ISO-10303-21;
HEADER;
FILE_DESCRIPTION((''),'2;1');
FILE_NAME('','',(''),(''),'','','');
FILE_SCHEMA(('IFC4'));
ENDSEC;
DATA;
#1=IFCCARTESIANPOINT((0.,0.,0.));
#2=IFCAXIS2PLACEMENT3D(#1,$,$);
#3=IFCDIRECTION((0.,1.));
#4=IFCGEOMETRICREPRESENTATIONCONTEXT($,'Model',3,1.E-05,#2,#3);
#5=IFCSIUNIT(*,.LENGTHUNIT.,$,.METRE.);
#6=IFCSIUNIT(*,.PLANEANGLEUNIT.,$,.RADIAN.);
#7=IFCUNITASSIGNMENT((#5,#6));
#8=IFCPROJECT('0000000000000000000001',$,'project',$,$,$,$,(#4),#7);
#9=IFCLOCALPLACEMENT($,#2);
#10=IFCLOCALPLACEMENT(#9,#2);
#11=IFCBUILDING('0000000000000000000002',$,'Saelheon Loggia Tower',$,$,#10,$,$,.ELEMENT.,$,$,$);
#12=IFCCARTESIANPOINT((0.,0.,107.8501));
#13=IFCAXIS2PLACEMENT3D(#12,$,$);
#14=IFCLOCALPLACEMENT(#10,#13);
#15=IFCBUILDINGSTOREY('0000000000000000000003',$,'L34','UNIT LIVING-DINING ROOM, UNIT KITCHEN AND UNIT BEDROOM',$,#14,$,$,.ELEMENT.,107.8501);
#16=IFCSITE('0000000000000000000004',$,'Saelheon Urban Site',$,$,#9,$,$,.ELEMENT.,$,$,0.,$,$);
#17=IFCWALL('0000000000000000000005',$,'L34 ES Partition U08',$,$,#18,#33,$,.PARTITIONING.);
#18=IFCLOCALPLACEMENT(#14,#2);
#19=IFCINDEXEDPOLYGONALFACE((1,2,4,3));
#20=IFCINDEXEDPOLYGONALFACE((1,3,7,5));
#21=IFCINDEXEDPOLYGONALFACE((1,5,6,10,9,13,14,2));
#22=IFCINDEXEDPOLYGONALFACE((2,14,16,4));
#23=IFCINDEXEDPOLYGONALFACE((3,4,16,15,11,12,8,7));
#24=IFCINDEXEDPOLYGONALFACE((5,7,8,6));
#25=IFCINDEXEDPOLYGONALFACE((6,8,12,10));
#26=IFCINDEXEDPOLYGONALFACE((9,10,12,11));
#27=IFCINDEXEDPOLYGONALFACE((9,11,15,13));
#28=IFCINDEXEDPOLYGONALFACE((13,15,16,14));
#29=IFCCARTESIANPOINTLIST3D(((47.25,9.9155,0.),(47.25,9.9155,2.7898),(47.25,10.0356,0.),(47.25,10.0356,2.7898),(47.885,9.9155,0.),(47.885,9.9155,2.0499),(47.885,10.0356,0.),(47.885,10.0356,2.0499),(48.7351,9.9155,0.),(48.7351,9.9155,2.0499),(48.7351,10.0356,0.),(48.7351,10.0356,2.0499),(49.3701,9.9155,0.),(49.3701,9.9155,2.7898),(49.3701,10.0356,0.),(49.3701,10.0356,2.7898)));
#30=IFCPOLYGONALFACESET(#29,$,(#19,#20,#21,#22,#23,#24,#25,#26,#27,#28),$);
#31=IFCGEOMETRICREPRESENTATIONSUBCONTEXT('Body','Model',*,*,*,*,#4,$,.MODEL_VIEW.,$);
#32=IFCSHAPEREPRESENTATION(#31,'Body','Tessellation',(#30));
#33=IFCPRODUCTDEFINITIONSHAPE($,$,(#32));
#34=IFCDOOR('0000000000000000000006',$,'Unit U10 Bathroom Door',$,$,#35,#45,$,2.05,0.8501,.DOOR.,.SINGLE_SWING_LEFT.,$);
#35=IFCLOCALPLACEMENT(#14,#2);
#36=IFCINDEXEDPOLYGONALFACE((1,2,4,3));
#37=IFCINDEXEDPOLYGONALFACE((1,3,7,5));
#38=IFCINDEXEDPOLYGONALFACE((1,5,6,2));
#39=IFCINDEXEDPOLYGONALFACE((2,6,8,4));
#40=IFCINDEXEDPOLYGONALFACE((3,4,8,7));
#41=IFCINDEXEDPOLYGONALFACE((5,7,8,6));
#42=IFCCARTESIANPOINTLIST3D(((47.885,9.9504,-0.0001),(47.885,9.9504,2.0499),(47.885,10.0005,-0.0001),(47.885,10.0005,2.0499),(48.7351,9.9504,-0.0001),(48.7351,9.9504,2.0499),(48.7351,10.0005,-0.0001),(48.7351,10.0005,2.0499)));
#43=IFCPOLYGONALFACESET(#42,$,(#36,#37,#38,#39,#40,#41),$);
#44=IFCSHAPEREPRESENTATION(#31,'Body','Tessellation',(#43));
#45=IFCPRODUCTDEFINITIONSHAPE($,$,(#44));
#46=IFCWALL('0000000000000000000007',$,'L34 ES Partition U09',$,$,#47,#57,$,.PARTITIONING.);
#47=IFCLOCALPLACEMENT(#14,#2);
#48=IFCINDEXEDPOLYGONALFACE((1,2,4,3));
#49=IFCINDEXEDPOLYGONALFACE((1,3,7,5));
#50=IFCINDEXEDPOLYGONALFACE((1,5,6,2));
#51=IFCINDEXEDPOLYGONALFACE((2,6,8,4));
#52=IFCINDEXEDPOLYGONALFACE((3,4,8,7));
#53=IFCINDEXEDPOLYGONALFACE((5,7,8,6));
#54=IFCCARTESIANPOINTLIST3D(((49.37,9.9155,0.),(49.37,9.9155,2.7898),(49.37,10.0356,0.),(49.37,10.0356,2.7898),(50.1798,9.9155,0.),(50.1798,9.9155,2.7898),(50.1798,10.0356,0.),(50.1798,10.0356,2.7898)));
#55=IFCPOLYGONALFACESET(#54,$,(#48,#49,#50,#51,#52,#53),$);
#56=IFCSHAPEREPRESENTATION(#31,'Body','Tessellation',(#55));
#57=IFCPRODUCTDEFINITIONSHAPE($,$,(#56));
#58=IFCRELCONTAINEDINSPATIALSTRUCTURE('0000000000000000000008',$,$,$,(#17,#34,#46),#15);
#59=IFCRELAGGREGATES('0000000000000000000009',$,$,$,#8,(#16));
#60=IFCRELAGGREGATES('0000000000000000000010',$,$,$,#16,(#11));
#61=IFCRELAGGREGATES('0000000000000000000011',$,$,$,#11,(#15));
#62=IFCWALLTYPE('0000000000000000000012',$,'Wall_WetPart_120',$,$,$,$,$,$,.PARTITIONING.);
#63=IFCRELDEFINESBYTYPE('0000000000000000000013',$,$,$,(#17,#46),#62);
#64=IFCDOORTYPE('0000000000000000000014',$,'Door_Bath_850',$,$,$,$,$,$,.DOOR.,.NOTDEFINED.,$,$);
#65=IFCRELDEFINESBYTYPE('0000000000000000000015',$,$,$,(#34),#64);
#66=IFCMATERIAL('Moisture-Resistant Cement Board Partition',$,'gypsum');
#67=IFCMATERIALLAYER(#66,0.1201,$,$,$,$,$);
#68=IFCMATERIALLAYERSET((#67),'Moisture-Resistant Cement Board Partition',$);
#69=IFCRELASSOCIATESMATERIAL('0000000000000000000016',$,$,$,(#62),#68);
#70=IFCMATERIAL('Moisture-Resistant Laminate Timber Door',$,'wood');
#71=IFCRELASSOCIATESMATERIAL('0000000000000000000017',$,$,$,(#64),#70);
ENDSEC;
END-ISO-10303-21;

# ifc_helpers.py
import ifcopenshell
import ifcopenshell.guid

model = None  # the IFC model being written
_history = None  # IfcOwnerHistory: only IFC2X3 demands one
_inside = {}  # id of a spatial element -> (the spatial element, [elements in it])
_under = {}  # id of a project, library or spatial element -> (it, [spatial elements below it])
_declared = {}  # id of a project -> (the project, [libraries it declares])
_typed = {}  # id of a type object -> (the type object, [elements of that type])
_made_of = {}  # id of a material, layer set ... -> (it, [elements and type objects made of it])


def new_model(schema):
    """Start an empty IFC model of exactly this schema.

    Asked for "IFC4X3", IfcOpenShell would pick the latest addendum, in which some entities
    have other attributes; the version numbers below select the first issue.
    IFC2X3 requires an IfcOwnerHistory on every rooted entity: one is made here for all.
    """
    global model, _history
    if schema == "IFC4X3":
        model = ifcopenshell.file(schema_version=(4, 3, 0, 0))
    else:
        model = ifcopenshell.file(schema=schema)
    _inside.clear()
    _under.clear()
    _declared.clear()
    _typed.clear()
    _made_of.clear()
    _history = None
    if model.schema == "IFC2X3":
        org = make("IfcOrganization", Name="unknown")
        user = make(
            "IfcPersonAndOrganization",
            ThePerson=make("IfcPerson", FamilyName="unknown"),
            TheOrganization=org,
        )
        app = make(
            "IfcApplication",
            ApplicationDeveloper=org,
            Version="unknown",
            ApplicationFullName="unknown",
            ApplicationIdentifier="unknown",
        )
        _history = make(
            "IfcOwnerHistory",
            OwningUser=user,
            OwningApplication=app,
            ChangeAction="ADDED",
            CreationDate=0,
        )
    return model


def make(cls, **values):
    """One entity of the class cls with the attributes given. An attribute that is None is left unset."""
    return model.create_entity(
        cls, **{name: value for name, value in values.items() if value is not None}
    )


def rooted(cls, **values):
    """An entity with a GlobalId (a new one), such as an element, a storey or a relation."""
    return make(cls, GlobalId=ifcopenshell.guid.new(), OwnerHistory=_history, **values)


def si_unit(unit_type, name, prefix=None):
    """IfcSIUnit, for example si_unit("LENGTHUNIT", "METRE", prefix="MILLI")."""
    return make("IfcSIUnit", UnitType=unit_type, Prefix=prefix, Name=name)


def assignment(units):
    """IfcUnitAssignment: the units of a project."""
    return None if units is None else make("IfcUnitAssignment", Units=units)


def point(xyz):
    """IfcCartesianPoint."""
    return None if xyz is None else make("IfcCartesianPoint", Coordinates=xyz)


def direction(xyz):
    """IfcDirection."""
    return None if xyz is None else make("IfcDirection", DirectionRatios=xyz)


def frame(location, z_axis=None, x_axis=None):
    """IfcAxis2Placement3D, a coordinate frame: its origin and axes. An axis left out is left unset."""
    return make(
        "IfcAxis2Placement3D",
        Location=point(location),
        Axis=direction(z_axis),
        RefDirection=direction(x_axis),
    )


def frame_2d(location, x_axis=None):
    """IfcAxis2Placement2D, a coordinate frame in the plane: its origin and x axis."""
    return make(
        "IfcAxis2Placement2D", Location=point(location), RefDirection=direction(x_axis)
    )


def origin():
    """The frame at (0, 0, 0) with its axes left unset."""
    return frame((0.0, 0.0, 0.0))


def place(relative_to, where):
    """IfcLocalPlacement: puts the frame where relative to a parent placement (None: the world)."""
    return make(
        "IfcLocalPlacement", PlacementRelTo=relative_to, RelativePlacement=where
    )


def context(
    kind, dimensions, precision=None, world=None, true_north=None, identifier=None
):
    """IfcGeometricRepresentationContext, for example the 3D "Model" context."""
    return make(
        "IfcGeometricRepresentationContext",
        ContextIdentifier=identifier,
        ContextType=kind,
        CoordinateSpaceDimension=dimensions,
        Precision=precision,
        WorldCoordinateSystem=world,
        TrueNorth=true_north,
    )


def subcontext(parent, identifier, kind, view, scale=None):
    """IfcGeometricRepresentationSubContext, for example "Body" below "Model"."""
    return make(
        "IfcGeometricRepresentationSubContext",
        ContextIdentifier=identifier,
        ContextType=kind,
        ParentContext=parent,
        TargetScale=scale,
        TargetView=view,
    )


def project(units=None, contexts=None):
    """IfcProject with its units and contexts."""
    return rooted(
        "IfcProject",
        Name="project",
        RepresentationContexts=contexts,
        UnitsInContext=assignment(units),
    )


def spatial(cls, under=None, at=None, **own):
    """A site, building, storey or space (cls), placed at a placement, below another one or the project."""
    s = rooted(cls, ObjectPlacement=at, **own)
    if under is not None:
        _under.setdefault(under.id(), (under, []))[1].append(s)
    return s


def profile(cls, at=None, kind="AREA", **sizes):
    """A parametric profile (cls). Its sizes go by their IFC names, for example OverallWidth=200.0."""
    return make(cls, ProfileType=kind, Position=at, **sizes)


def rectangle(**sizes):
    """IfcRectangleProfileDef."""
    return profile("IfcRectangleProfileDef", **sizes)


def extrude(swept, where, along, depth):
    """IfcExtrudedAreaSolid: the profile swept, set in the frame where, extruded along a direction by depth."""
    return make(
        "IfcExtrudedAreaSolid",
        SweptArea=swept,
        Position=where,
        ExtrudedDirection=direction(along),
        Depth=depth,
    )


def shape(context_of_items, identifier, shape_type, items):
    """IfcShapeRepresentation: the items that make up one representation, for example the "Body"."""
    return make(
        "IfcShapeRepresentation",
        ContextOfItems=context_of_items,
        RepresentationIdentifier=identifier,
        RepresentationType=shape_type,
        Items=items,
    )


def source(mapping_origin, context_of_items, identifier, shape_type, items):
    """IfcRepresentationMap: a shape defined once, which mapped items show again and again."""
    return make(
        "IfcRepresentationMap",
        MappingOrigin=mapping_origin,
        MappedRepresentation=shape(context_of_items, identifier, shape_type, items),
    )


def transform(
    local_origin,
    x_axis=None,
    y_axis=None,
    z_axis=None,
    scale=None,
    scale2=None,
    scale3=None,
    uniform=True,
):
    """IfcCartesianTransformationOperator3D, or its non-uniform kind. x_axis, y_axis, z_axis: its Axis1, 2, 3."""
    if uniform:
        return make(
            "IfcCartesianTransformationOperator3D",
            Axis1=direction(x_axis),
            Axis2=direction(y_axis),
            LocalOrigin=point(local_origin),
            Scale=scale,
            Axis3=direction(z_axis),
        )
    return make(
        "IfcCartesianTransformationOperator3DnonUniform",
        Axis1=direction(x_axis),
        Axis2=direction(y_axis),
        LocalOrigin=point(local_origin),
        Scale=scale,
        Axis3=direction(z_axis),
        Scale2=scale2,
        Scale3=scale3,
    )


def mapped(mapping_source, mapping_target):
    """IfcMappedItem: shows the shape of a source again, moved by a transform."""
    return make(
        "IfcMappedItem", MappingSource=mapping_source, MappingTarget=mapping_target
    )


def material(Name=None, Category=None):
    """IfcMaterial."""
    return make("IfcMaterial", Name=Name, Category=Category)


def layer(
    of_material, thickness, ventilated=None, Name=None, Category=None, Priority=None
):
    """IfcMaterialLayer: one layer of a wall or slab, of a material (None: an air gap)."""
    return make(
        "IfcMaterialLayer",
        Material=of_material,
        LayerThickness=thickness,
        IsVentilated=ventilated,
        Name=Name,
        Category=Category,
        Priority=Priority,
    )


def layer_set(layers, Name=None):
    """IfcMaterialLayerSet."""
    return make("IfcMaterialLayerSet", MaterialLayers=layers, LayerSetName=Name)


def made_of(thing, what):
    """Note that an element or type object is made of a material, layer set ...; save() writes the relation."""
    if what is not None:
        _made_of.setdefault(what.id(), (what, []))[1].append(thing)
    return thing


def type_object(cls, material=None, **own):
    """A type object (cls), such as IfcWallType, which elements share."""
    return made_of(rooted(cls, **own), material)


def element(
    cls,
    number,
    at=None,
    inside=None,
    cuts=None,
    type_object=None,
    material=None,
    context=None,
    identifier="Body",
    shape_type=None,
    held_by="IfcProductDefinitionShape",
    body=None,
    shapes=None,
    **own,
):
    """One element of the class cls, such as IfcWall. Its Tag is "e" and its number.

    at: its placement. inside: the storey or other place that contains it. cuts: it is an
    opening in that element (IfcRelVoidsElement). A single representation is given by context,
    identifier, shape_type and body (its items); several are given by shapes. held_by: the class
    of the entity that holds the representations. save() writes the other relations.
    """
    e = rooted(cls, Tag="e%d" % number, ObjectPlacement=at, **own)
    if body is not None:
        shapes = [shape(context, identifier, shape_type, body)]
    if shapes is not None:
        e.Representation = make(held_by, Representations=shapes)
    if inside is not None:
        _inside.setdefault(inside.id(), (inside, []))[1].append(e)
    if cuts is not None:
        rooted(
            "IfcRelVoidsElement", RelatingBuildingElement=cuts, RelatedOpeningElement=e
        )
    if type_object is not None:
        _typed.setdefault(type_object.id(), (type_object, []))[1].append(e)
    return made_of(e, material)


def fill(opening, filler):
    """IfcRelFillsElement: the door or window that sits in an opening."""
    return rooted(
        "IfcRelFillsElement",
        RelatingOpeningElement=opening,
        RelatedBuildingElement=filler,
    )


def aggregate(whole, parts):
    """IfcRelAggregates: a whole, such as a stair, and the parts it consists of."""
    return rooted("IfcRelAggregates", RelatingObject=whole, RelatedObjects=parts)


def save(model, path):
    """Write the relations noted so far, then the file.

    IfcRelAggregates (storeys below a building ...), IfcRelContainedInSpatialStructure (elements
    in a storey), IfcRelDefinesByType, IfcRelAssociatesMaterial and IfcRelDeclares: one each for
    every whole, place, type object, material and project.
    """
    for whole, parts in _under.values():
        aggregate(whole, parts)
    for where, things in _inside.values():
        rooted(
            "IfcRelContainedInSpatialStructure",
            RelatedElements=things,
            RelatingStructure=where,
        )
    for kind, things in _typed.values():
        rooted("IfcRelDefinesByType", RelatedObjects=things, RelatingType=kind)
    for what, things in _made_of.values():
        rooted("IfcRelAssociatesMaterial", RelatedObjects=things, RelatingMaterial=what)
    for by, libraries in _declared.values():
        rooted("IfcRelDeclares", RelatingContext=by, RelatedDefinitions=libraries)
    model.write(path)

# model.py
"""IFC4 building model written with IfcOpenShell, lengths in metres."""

from ifc_helpers import new_model, si_unit, direction, frame, frame_2d, origin, place, context, subcontext, project, spatial, rectangle, extrude, source, transform, mapped, material, layer, layer_set, type_object, element, fill, save


model = new_model("IFC4")

# Units and contexts
model_context = context("Model", 3, precision=1e-05, world=origin(), true_north=direction((0.0, 1.0)))
body_context = subcontext(model_context, "Body", "Model", "MODEL_VIEW")
ifc_project = project(units=[si_unit("LENGTHUNIT", "METRE"), si_unit("PLANEANGLEUNIT", "RADIAN")], contexts=[model_context])

# Site, building, storey
site_placement = place(None, origin())
site = spatial("IfcSite", under=ifc_project, at=site_placement, Name="Saelheon Urban Site", CompositionType="ELEMENT", RefElevation=0.0)
building_placement = place(site_placement, origin())
building = spatial("IfcBuilding", under=site, at=building_placement, Name="Saelheon Loggia Tower", CompositionType="ELEMENT")
storey_placement = place(building_placement, frame((0.0, 0.0, 107.8501)))
storey = spatial("IfcBuildingStorey", under=building, at=storey_placement, Name="L34", Description="UNIT LIVING-DINING ROOM, UNIT KITCHEN AND UNIT BEDROOM", CompositionType="ELEMENT", Elevation=107.8501)

# Shared definitions
ifc_material_1 = material(Name="Moisture-Resistant Cement Board Partition", Category="gypsum")
ifc_layer_1 = layer(ifc_material_1, 0.1201)
ifc_layer_set_1 = layer_set([ifc_layer_1], Name="Moisture-Resistant Cement Board Partition")
wall_type_1 = type_object("IfcWallType", Name="Wall_WetPart_120", PredefinedType="PARTITIONING", material=ifc_layer_set_1)

# Wall, opening, door
wall_1_placement = place(storey_placement, frame((47.25, 9.9756, 0.0), z_axis=(0.0, 0.0, 1.0), x_axis=(1.0, 0.0, 0.0)))
wall_1 = element("IfcWall", 1, at=wall_1_placement, inside=storey, type_object=wall_type_1, Name="L34 ES Partition U08", PredefinedType="PARTITIONING", context=body_context, shape_type="SweptSolid", body=[
    extrude(rectangle(XDim=2.1201, YDim=0.1201, at=frame_2d((1.0601, 0.0))), origin(), (0.0, 0.0, 1.0), 2.7898),
])
opening_1_placement = place(wall_1_placement, frame((0.635, 0.0, 0.0)))
opening_1 = element("IfcOpeningElement", 2, at=opening_1_placement, cuts=wall_1, PredefinedType="OPENING", context=body_context, shape_type="SweptSolid", body=[
    extrude(rectangle(XDim=0.8501, YDim=2.05, at=frame_2d((0.425, 1.0249))), frame((0.0, 0.072, 0.0), z_axis=(0.0, -1.0, 0.0), x_axis=(1.0, 0.0, 0.0)), (0.0, 0.0, 1.0), 0.144),
])
ifc_material_2 = material(Name="Moisture-Resistant Laminate Timber Door", Category="wood")
door_type_1 = type_object("IfcDoorType", Name="Door_Bath_850", OperationType="NOTDEFINED", PredefinedType="DOOR", material=ifc_material_2)
shared_shape_1 = source(origin(), body_context, "Body", "SweptSolid", [
    extrude(rectangle(XDim=0.8501, YDim=2.05, at=frame_2d((0.425, 1.0249))), frame((0.0, 0.0249, 0.0), z_axis=(0.0, -1.0, 0.0), x_axis=(1.0, 0.0, 0.0)), (0.0, 0.0, 1.0), 0.05),
])
door_1_placement = place(opening_1_placement, origin())
door_1 = element("IfcDoor", 3, at=door_1_placement, inside=storey, type_object=door_type_1, Name="Unit U10 Bathroom Door", OperationType="SINGLE_SWING_LEFT", OverallHeight=2.05, OverallWidth=0.8501, PredefinedType="DOOR", context=body_context, shape_type="MappedRepresentation", body=[
    mapped(shared_shape_1, transform((0.0, 0.0, 0.0), scale=1.0)),
])
fill(opening_1, door_1)

# Wall
wall_2_placement = place(storey_placement, frame((49.3701, 9.9756, 0.0), z_axis=(0.0, 0.0, 1.0), x_axis=(1.0, 0.0, 0.0)))
element("IfcWall", 4, at=wall_2_placement, inside=storey, type_object=wall_type_1, Name="L34 ES Partition U09", PredefinedType="PARTITIONING", context=body_context, shape_type="SweptSolid", body=[
    extrude(rectangle(XDim=0.8098, YDim=0.1201, at=frame_2d((0.4048, 0.0))), origin(), (0.0, 0.0, 1.0), 2.7898),
])

save(model, "model.ifc")
